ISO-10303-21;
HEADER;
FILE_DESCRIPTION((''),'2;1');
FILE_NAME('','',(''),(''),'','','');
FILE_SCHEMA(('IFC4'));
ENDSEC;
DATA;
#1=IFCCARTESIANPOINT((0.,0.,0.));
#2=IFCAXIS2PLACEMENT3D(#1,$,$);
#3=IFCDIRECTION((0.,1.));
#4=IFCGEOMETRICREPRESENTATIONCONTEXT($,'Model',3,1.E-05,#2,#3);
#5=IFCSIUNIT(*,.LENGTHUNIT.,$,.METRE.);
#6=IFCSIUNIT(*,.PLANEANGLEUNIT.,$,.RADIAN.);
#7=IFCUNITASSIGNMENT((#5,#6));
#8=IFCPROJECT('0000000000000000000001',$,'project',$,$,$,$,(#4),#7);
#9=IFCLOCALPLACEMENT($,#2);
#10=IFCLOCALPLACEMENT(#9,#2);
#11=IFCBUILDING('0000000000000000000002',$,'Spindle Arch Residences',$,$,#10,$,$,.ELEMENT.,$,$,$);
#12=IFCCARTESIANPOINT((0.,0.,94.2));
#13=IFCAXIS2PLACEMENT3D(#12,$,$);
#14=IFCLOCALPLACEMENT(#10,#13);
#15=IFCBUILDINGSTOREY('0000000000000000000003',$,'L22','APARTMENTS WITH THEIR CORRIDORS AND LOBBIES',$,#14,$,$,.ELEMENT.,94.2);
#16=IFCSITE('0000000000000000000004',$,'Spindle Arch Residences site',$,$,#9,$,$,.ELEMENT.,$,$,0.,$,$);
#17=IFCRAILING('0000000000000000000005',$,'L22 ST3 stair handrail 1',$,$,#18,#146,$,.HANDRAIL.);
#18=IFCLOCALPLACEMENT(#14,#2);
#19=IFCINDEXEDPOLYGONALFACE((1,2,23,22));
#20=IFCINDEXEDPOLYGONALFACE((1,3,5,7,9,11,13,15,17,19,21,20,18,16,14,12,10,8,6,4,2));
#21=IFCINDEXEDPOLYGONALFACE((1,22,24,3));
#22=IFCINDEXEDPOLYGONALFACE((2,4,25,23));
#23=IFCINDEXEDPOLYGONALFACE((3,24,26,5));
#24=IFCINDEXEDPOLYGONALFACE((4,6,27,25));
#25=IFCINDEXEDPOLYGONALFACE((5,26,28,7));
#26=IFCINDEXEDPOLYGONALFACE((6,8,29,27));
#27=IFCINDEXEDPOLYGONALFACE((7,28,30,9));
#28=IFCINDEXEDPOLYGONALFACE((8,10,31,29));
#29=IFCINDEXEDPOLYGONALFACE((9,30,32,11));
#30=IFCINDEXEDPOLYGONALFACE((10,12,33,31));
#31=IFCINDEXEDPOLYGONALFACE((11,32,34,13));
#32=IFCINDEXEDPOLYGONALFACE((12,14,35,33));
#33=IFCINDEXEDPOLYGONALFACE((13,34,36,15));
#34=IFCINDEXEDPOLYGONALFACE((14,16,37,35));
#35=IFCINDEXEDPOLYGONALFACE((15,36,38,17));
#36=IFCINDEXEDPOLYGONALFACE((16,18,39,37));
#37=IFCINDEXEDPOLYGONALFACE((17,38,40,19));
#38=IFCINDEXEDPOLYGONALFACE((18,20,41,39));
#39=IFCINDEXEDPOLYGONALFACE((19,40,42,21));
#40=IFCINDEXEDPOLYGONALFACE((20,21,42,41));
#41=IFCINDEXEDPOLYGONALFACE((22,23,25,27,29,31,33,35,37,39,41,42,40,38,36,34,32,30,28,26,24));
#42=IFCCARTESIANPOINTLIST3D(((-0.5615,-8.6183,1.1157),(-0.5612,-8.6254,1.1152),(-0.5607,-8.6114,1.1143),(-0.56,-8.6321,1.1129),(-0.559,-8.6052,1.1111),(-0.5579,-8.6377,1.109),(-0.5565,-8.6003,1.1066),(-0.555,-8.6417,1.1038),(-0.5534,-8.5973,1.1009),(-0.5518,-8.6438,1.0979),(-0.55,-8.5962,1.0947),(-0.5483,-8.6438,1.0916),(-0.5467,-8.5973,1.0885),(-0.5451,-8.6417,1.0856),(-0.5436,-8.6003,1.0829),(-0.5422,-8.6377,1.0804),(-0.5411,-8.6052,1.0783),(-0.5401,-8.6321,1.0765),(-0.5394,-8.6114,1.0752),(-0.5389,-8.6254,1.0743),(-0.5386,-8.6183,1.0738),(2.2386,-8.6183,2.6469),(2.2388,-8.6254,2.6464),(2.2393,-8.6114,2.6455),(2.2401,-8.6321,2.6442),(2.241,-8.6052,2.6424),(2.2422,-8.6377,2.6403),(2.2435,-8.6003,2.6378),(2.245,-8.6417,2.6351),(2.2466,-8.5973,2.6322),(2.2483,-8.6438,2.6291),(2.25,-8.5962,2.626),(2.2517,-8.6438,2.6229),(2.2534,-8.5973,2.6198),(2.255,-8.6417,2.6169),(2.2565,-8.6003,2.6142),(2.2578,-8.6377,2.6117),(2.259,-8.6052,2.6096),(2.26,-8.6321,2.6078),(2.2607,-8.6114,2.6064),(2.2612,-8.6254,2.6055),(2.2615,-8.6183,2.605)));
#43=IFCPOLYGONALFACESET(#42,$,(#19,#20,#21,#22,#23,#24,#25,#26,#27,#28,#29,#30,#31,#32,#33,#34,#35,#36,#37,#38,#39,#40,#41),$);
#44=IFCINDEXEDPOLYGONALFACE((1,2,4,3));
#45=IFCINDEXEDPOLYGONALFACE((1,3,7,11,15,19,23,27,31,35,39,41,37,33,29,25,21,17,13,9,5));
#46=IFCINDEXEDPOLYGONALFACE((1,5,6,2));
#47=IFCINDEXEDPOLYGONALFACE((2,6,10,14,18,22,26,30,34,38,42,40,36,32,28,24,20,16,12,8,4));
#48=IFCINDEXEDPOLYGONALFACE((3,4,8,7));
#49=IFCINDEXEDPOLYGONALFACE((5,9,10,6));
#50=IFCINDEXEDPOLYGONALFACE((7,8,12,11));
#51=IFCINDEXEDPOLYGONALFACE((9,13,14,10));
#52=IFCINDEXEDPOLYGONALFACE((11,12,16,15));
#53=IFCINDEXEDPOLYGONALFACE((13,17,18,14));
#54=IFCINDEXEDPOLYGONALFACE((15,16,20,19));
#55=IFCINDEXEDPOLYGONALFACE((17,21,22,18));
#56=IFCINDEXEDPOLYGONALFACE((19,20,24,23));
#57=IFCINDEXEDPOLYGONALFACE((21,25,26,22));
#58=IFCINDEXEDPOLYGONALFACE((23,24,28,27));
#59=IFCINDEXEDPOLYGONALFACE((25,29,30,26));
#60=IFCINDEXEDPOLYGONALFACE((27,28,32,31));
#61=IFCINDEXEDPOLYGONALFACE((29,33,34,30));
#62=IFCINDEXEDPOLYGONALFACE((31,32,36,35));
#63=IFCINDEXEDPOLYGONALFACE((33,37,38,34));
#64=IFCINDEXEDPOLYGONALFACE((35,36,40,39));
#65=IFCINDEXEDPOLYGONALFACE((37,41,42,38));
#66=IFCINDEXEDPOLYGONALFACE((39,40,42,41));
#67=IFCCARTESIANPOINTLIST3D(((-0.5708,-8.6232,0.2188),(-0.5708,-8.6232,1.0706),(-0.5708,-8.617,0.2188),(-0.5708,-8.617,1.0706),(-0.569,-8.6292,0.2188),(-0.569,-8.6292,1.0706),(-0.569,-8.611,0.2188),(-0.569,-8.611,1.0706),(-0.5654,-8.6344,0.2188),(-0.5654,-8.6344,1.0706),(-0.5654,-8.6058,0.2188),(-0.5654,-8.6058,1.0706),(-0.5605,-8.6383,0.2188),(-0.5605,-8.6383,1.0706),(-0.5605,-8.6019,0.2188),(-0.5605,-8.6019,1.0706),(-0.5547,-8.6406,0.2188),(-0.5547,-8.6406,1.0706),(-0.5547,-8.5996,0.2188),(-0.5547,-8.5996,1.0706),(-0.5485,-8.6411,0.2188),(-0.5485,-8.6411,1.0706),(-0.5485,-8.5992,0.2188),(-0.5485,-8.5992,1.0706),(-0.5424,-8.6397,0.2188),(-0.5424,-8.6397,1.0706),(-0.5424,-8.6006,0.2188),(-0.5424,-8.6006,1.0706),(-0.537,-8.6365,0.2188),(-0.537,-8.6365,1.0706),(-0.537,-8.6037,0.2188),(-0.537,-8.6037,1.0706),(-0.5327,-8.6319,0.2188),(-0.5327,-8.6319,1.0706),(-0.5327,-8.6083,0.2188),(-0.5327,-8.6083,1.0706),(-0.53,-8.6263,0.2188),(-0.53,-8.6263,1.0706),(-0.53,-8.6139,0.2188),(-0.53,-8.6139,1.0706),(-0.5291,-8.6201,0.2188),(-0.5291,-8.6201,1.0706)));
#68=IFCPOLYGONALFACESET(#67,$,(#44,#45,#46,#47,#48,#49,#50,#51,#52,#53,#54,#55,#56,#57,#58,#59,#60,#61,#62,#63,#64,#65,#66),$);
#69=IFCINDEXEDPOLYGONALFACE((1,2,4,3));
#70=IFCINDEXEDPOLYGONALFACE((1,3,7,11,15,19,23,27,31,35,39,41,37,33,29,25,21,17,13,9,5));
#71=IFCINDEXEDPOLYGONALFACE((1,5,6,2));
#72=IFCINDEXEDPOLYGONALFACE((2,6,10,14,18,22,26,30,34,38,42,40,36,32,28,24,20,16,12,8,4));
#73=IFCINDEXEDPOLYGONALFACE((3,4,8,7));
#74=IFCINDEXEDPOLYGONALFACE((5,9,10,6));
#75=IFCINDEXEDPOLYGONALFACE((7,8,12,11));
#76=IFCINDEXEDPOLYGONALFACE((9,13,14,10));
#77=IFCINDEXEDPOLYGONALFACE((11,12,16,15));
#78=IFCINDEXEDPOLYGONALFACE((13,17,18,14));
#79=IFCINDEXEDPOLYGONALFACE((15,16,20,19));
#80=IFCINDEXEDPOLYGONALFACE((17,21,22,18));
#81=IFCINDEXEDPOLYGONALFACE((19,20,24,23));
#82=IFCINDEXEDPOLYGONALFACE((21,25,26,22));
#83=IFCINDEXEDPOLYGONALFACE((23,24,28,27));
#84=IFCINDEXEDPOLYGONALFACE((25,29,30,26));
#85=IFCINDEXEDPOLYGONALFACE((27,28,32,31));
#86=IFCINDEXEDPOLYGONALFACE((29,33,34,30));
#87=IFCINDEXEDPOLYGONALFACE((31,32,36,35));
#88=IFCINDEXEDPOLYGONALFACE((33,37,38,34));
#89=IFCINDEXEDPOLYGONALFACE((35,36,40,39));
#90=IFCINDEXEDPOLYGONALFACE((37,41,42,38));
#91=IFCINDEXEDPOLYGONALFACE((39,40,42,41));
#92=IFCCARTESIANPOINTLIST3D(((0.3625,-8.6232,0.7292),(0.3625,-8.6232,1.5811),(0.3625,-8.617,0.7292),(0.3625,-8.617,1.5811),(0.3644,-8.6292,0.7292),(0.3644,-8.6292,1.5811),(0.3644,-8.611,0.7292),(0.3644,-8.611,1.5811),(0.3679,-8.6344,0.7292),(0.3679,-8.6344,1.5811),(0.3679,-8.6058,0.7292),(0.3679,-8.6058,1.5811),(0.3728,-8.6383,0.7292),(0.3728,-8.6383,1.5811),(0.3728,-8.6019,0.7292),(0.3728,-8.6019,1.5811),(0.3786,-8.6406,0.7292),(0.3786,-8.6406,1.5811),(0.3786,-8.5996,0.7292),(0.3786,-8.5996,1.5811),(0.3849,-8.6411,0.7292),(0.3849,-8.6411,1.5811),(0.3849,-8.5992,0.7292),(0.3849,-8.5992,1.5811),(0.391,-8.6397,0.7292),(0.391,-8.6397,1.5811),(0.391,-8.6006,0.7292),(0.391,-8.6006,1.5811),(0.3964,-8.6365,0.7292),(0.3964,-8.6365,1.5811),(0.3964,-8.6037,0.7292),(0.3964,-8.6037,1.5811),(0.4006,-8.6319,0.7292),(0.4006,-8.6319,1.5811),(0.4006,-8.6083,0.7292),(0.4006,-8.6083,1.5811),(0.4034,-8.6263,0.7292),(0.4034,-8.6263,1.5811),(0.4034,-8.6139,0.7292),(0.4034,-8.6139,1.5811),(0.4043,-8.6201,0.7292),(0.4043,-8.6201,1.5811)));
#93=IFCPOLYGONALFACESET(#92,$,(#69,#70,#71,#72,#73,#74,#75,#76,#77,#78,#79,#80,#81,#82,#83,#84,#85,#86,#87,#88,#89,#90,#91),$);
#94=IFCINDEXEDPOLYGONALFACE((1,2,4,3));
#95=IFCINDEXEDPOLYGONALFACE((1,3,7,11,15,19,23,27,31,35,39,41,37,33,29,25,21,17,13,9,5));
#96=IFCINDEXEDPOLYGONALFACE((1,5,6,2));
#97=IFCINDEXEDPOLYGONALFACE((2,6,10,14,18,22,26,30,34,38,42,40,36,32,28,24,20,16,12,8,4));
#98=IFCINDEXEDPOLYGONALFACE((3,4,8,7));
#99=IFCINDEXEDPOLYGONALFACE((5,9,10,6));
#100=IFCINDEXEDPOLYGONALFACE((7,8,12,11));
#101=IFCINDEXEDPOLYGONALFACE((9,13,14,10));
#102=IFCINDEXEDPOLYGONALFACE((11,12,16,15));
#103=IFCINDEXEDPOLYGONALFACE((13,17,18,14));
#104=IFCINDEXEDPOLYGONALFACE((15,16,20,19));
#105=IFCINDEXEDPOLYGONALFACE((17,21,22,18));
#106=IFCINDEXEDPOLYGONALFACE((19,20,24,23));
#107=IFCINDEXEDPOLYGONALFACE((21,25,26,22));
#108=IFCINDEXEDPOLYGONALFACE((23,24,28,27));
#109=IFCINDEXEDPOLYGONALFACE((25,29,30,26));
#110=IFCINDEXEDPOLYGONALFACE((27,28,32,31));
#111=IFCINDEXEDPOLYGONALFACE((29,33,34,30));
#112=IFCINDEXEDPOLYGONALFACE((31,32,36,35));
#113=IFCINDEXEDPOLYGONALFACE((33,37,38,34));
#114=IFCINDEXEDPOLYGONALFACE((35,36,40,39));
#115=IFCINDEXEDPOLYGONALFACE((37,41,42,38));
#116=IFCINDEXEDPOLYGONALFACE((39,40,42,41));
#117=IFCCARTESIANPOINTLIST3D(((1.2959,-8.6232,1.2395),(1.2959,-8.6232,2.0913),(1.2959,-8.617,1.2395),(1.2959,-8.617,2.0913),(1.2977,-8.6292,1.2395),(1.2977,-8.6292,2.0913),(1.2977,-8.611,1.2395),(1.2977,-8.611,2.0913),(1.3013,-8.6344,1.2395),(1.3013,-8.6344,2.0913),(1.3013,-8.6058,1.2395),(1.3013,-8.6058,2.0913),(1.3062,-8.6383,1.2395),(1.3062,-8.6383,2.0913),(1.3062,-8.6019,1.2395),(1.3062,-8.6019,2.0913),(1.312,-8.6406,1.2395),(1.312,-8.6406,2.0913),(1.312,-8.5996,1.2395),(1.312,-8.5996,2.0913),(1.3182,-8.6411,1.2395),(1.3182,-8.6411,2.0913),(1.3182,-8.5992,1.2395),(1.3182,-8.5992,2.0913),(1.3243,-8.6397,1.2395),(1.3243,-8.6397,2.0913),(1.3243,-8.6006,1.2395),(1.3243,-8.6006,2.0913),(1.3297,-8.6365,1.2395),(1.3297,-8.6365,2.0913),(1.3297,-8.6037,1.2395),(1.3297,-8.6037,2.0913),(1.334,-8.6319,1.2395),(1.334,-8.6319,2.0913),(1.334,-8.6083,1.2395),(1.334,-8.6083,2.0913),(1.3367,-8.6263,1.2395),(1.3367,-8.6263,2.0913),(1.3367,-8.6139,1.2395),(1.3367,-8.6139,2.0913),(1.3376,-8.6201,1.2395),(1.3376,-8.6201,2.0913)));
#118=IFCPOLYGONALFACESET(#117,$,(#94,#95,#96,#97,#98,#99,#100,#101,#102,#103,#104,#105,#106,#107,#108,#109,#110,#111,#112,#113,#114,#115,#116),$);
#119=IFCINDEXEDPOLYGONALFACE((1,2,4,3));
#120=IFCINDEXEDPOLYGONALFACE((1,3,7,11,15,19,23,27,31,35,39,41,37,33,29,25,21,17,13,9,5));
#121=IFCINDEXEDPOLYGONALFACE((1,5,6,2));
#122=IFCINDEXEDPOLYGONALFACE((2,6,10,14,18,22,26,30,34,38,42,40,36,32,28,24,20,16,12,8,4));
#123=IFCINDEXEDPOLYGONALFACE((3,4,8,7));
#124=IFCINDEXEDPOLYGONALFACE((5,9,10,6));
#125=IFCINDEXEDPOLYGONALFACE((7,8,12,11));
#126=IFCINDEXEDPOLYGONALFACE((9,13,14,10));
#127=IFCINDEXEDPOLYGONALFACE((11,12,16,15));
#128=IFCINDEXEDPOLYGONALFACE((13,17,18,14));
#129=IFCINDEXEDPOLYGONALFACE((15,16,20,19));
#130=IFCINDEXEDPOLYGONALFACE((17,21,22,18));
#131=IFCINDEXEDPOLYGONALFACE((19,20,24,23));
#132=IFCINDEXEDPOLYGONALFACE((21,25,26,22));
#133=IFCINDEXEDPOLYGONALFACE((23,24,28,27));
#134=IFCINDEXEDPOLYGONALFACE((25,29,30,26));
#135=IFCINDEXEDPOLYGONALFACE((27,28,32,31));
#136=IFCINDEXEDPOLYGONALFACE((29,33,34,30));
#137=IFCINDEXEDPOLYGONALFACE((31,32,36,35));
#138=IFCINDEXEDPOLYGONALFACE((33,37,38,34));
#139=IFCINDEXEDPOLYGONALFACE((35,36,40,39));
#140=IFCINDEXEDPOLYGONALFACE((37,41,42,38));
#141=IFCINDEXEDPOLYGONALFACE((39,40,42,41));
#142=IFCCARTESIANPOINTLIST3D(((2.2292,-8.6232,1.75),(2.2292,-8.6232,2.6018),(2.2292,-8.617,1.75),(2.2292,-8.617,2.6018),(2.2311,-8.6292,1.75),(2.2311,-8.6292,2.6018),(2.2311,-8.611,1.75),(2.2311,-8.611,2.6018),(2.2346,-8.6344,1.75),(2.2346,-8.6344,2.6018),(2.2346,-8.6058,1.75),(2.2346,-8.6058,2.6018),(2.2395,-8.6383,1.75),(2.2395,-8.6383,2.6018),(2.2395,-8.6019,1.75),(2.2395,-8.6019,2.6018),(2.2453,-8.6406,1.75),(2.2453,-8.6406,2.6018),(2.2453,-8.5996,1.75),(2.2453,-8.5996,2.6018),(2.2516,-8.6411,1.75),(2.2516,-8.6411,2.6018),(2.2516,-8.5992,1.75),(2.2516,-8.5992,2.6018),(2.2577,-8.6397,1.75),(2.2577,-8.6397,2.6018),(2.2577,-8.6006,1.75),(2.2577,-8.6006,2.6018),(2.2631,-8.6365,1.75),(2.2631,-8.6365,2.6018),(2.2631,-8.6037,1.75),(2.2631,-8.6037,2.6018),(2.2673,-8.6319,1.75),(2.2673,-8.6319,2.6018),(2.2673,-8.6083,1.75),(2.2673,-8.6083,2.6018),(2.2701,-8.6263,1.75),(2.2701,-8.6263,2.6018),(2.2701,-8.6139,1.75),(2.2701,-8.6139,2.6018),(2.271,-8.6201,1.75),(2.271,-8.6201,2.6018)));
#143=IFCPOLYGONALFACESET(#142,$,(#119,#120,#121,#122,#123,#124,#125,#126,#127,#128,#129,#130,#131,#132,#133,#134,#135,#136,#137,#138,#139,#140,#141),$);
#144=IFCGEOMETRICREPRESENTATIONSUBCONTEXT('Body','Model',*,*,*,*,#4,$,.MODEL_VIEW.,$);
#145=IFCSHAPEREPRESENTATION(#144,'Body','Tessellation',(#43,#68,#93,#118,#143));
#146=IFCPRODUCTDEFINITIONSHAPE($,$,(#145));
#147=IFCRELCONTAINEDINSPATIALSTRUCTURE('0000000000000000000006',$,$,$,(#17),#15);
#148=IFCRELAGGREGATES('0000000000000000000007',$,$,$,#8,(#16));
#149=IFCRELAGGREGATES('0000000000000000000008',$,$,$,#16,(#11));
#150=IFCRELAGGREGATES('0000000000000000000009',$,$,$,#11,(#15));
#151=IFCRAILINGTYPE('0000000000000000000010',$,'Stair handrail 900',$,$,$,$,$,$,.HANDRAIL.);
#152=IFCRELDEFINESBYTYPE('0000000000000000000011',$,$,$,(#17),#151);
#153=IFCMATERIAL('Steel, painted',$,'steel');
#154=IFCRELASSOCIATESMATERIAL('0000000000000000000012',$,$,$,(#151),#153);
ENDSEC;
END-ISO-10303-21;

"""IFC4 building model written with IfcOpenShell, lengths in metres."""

from ifc_helpers import new_model, si_unit, direction, frame, origin, origin_2d, place, context, subcontext, project, spatial, circle, extrude, material, type_object, element, save


model = new_model("IFC4")

# Units and contexts
model_context = context("Model", 3, precision=1e-05, world=origin(), true_north=direction((0.0, 1.0)))
body_context = subcontext(model_context, "Body", "Model", "MODEL_VIEW")
ifc_project = project(units=[si_unit("LENGTHUNIT", "METRE"), si_unit("PLANEANGLEUNIT", "RADIAN")], contexts=[model_context])

# Site, building, storey
site_placement = place(None, origin())
site = spatial("IfcSite", under=ifc_project, at=site_placement, Name="Spindle Arch Residences site", CompositionType="ELEMENT", RefElevation=0.0)
building_placement = place(site_placement, origin())
building = spatial("IfcBuilding", under=site, at=building_placement, Name="Spindle Arch Residences", CompositionType="ELEMENT")
storey_placement = place(building_placement, frame((0.0, 0.0, 94.2)))
storey = spatial("IfcBuildingStorey", under=building, at=storey_placement, Name="L22", Description="APARTMENTS WITH THEIR CORRIDORS AND LOBBIES", CompositionType="ELEMENT", Elevation=94.2)

# Railing
ifc_material_1 = material(Name="Steel, painted", Category="steel")
railing_type_1 = type_object("IfcRailingType", Name="Stair handrail 900", PredefinedType="HANDRAIL", material=ifc_material_1)
railing_1_placement = place(storey_placement, frame((-0.55, -8.6201, 0.2188)))
element("IfcRailing", 1, at=railing_1_placement, inside=storey, type_object=railing_type_1, Name="L22 ST3 stair handrail 1", PredefinedType="HANDRAIL", context=body_context, shape_type="SweptSolid", body=[
    extrude(circle(Radius=0.0239, at=origin_2d()), frame((0.0, 0.0, 0.876), z_axis=(0.877375, 0.0, 0.479806), x_axis=(0.0, 1.0, 0.0)), (0.0, 0.0, 1.0), 3.1914),
    extrude(circle(Radius=0.021, at=origin_2d()), origin(), (0.0, 0.0, 1.0), 0.8518),
    extrude(circle(Radius=0.021, at=origin_2d()), frame((0.9333, 0.0, 0.5105)), (0.0, 0.0, 1.0), 0.8518),
    extrude(circle(Radius=0.021, at=origin_2d()), frame((1.8667, 0.0, 1.0208)), (0.0, 0.0, 1.0), 0.8518),
    extrude(circle(Radius=0.021, at=origin_2d()), frame((2.8, 0.0, 1.5312)), (0.0, 0.0, 1.0), 0.8518),
])

save(model, "model.ifc")
